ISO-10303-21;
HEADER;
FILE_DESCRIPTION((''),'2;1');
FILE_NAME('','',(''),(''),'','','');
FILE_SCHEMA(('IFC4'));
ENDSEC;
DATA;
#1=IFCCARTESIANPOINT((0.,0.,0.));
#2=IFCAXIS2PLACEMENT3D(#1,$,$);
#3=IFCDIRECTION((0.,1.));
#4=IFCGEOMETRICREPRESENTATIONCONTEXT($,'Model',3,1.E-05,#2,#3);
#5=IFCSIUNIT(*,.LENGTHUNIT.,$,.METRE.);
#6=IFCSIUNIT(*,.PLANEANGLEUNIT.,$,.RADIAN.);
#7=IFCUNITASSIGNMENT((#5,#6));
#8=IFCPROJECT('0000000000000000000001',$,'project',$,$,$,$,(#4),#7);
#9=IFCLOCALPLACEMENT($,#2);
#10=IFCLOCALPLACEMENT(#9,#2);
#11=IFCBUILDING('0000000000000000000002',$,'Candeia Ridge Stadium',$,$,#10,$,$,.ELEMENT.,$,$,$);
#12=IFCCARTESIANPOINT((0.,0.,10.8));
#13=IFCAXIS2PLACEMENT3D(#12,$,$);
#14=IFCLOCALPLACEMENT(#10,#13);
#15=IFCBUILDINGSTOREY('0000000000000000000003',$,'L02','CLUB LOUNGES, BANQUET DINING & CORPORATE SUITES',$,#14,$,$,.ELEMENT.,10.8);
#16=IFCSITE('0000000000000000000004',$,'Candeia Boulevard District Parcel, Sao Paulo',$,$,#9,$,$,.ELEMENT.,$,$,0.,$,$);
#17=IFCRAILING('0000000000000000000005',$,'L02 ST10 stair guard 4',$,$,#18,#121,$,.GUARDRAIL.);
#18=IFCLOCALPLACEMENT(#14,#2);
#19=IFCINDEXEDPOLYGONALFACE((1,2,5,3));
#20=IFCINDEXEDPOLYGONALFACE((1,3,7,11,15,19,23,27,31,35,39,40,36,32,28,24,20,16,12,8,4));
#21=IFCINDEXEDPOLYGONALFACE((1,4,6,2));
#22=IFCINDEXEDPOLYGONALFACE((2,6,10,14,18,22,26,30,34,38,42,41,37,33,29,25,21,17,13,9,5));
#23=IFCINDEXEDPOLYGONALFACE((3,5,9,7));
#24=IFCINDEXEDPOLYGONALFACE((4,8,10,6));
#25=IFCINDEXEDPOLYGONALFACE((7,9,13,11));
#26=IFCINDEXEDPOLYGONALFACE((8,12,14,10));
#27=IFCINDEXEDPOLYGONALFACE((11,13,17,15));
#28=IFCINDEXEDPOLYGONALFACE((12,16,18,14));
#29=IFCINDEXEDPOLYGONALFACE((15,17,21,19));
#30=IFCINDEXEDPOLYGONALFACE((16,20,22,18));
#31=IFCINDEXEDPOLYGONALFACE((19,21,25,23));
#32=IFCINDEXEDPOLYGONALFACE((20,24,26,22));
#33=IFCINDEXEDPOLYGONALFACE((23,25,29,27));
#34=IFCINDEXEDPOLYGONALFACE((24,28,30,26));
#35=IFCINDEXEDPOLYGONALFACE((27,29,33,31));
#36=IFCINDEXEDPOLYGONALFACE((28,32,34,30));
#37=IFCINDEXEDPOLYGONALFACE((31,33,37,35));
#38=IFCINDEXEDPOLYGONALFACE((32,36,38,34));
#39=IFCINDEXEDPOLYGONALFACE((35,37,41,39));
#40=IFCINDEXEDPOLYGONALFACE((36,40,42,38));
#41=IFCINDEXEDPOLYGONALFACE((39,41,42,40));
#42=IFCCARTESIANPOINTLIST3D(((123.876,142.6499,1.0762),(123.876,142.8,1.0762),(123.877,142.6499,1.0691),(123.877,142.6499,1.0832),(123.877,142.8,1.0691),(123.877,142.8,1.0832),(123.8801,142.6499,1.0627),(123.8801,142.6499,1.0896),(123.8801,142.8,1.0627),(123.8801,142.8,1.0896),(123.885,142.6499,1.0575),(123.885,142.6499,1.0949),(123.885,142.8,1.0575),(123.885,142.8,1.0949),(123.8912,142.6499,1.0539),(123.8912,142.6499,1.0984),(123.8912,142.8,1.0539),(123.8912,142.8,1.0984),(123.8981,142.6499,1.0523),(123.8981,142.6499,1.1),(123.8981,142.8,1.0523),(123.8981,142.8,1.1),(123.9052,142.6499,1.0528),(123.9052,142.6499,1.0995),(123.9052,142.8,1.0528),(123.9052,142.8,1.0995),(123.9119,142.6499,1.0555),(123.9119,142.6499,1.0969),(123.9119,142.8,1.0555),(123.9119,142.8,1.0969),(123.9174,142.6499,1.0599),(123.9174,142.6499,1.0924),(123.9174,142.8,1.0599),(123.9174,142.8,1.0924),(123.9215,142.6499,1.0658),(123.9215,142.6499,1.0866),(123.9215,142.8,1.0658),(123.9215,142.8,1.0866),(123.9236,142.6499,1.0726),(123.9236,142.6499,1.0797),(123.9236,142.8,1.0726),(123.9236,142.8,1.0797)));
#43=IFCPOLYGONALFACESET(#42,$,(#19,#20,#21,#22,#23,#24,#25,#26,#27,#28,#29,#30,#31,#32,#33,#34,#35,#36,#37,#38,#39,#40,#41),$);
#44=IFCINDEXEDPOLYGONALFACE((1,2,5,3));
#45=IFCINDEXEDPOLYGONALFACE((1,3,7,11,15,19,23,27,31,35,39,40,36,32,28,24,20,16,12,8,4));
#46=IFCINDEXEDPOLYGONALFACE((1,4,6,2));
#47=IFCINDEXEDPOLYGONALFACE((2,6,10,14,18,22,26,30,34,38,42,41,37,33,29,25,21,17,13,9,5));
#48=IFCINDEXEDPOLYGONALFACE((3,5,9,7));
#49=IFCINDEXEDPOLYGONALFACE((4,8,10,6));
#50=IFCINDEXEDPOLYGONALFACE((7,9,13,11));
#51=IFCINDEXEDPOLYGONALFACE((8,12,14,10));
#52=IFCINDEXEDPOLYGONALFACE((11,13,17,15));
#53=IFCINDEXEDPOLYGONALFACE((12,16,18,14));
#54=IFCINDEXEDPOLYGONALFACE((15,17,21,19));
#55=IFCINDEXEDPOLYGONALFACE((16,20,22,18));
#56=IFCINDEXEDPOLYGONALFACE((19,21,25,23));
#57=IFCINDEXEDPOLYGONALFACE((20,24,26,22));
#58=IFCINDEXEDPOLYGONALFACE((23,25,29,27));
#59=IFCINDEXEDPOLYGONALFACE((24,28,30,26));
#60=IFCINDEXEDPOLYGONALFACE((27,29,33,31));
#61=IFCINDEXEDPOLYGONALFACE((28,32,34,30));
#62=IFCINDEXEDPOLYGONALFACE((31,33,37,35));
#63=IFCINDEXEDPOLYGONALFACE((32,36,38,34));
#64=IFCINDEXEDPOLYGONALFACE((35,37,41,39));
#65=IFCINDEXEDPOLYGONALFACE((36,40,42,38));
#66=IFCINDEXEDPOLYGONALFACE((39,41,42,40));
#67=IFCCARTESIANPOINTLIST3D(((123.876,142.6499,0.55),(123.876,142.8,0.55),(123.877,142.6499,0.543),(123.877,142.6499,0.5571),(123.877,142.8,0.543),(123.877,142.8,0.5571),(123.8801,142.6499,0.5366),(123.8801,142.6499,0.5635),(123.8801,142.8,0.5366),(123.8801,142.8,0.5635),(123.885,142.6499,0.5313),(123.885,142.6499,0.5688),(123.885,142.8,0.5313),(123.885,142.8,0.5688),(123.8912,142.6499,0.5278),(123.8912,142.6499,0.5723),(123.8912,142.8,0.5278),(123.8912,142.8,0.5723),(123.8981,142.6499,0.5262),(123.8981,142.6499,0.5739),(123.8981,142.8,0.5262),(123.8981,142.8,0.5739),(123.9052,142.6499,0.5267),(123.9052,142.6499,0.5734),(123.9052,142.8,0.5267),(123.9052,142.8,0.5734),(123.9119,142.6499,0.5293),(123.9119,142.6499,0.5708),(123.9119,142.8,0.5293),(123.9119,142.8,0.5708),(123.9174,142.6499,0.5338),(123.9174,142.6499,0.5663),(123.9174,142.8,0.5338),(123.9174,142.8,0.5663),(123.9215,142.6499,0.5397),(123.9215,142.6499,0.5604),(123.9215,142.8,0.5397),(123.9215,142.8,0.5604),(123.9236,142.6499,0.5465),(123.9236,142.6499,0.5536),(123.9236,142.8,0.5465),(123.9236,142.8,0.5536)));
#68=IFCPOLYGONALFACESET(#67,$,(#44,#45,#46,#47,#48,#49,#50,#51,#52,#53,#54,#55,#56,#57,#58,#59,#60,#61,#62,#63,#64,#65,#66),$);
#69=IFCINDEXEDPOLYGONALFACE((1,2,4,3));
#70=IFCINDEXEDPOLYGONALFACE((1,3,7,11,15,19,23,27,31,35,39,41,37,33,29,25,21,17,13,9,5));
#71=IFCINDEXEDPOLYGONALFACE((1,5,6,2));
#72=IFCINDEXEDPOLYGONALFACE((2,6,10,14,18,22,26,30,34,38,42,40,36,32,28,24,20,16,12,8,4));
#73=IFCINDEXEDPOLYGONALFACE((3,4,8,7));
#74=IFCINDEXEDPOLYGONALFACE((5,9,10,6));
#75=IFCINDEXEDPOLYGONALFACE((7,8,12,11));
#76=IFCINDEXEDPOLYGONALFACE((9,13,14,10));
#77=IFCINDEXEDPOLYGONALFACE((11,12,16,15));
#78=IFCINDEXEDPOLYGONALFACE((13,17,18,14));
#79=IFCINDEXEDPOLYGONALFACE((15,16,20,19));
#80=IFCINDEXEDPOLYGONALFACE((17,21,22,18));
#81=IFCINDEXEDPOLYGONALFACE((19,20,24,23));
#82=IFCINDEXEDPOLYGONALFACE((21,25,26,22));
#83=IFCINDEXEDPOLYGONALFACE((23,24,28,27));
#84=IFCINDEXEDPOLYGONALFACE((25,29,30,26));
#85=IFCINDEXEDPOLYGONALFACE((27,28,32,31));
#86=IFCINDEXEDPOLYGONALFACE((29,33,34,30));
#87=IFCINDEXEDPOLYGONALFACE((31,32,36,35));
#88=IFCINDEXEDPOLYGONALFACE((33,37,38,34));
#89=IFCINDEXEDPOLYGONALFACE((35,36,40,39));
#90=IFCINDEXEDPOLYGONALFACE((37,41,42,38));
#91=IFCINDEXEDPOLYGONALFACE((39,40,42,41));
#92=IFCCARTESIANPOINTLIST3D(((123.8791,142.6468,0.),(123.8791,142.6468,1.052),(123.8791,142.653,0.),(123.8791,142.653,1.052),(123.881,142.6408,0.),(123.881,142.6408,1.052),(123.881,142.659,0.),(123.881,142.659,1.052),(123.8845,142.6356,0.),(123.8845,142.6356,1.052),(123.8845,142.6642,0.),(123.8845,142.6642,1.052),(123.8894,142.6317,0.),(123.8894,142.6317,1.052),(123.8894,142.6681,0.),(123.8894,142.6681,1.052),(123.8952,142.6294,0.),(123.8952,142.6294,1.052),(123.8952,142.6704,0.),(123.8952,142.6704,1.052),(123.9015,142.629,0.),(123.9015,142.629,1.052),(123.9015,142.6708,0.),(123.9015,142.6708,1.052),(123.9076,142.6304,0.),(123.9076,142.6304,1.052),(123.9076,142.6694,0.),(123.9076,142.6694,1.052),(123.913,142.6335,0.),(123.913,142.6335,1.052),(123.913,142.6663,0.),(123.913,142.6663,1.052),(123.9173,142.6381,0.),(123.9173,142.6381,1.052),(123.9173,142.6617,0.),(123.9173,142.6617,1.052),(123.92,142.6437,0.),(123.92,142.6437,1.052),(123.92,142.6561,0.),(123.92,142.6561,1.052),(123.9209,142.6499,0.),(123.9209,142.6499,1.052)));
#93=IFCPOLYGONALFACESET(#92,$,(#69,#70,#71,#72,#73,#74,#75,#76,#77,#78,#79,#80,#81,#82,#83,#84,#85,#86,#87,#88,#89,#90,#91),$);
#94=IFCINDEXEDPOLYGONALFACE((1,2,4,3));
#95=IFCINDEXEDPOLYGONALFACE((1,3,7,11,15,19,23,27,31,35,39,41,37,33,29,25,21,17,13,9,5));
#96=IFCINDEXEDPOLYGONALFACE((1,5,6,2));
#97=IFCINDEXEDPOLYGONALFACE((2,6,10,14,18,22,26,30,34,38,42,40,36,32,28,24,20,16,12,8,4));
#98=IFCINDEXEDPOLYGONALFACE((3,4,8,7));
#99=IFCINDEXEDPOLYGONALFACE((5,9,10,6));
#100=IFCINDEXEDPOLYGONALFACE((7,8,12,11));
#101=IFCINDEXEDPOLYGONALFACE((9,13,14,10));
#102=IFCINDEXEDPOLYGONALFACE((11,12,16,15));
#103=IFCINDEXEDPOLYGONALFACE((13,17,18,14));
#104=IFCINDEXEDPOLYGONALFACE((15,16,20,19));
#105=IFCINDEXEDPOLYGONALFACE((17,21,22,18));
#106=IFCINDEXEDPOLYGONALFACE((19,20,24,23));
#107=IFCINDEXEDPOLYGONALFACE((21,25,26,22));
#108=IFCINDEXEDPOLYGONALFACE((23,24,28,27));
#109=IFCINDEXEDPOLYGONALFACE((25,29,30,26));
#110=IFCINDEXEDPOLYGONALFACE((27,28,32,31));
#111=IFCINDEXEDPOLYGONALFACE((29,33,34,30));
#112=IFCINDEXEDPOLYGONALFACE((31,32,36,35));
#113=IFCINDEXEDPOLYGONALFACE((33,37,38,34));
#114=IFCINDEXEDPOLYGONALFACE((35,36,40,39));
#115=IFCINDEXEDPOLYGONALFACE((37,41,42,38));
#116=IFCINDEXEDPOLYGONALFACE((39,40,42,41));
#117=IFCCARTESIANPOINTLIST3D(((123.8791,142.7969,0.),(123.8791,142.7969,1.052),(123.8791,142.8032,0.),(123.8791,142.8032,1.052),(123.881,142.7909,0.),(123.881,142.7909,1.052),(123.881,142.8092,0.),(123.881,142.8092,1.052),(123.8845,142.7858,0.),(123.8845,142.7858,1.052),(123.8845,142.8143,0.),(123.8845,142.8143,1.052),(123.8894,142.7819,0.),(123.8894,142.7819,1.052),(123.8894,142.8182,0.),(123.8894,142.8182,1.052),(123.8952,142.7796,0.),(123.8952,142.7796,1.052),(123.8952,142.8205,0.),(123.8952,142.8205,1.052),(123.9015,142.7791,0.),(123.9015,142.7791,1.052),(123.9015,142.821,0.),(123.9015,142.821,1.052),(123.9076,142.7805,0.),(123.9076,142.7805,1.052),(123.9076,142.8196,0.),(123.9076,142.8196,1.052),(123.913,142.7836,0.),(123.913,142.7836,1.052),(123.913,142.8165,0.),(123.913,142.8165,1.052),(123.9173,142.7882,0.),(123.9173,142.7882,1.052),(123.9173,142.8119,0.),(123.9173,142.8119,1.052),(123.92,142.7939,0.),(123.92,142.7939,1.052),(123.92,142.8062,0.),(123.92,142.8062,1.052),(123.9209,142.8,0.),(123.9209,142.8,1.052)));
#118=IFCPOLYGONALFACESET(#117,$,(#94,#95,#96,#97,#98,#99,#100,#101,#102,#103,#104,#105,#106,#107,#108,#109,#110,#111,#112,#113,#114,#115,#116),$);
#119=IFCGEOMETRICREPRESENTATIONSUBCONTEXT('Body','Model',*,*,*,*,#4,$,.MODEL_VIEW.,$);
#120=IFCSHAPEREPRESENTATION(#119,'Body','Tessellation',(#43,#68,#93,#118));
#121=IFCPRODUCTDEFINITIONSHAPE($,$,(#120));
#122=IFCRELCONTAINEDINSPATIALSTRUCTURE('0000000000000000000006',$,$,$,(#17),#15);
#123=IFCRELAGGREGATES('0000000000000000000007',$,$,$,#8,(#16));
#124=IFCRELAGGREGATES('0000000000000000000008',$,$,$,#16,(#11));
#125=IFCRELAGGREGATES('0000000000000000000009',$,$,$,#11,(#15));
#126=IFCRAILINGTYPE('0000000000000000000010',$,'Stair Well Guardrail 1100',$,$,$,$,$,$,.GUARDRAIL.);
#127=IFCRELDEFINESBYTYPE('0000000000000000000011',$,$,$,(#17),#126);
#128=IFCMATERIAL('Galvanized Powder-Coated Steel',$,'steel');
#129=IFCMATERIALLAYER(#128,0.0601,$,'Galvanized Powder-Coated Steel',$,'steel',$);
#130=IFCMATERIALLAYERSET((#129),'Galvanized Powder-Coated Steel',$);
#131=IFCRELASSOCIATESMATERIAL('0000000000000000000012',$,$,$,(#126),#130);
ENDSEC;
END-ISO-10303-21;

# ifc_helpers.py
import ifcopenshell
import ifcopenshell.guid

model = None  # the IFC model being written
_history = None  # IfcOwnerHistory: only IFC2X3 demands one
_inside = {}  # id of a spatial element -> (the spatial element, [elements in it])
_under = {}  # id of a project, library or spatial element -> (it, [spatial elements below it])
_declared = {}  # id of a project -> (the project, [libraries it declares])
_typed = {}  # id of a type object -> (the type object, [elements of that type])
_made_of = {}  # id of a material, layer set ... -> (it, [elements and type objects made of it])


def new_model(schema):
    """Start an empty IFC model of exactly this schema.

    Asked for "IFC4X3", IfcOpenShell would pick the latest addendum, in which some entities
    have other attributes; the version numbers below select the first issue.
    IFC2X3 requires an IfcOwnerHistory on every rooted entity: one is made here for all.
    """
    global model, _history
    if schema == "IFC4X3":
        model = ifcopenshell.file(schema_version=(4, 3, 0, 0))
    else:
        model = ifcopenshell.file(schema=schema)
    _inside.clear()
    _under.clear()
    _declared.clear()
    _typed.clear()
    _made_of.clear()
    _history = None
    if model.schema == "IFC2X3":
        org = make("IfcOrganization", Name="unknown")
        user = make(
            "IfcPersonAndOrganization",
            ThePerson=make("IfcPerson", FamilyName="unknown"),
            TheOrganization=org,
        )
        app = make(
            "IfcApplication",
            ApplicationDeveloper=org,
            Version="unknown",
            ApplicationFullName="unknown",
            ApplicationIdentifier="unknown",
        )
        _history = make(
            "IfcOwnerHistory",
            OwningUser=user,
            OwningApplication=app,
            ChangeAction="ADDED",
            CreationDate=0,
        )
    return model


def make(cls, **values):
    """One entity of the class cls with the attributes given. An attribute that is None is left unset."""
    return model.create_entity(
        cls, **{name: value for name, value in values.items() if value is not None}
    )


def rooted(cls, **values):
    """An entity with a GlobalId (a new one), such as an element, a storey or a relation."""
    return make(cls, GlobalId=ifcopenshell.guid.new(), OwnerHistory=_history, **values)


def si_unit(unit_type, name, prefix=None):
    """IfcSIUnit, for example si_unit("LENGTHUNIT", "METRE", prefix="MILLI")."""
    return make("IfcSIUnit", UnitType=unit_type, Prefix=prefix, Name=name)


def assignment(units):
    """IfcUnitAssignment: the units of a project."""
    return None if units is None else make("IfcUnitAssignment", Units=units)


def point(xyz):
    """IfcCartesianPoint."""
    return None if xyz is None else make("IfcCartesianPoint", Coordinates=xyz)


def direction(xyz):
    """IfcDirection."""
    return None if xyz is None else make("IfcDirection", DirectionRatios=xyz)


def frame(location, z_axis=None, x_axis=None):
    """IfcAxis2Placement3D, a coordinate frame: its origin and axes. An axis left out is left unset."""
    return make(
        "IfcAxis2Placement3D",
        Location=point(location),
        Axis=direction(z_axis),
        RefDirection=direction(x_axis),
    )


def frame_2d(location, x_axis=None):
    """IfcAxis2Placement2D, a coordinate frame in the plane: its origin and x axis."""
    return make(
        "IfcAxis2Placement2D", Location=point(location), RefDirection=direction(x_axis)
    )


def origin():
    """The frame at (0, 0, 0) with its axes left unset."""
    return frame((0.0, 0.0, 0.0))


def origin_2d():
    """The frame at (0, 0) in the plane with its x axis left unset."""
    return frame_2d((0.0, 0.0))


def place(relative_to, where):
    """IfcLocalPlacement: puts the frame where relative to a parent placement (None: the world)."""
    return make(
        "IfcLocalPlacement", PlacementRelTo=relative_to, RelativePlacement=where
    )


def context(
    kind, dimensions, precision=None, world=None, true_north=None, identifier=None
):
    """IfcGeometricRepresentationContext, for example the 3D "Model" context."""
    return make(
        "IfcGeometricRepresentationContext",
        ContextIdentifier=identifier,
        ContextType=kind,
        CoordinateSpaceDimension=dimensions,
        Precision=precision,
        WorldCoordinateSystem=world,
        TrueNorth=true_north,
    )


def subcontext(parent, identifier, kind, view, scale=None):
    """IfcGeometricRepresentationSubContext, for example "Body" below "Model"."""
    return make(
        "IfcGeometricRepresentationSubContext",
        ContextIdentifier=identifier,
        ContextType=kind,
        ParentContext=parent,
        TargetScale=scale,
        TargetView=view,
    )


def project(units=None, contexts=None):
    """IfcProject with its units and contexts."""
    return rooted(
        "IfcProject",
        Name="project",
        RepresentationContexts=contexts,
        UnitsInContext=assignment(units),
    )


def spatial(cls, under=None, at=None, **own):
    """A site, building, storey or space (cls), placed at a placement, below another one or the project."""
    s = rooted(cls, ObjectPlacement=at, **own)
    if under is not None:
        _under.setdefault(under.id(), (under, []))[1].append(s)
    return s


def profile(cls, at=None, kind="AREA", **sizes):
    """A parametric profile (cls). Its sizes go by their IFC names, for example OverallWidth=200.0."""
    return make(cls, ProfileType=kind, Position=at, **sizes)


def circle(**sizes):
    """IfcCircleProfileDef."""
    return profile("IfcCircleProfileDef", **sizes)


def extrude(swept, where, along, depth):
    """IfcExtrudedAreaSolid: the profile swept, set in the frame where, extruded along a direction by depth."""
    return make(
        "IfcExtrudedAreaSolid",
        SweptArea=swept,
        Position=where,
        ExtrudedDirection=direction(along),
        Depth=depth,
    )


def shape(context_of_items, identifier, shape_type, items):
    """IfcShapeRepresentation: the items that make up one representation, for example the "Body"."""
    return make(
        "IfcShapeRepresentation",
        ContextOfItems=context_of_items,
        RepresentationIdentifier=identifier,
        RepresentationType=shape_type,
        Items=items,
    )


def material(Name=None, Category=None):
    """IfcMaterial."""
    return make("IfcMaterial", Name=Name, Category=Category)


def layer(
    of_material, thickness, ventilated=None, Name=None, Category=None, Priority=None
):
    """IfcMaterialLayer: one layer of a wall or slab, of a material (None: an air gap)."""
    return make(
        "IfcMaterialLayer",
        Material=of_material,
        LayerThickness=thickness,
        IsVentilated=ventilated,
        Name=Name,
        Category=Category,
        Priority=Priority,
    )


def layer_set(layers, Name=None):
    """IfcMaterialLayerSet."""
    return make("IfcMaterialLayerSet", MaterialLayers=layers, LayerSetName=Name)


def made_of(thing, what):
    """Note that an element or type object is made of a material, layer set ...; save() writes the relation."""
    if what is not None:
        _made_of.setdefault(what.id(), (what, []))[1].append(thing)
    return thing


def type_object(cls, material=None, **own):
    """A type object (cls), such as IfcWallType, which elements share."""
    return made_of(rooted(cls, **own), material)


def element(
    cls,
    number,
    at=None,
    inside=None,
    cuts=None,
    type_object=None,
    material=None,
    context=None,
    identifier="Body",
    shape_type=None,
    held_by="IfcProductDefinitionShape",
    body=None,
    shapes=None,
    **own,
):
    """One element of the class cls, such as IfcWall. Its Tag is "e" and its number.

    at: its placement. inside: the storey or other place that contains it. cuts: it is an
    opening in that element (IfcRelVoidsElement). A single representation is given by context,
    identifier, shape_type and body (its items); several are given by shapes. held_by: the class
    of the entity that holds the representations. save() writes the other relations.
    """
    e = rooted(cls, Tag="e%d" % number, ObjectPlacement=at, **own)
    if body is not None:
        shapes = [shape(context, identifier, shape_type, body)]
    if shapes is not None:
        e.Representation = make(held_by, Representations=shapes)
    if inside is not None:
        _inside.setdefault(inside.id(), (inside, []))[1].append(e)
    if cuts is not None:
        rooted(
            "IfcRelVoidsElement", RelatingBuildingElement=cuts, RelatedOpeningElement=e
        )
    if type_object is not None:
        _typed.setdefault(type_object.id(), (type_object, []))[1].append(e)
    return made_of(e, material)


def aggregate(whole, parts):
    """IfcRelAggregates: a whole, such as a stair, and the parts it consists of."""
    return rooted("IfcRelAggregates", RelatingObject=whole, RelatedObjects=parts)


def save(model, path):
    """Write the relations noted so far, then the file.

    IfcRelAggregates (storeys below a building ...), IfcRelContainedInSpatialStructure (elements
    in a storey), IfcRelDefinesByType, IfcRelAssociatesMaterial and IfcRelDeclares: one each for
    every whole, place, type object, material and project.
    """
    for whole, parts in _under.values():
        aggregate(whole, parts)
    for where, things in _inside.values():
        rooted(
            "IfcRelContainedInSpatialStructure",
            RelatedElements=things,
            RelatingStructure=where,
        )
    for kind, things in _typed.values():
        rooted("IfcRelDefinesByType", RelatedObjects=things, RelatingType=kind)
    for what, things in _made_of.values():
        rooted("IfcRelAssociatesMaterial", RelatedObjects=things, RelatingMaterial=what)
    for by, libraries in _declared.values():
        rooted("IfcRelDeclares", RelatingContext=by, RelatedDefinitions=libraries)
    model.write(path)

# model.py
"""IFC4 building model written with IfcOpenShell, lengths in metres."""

from ifc_helpers import new_model, si_unit, direction, frame, origin, origin_2d, place, context, subcontext, project, spatial, circle, extrude, material, layer, layer_set, type_object, element, save


model = new_model("IFC4")

# Units and contexts
model_context = context("Model", 3, precision=1e-05, world=origin(), true_north=direction((0.0, 1.0)))
body_context = subcontext(model_context, "Body", "Model", "MODEL_VIEW")
ifc_project = project(units=[si_unit("LENGTHUNIT", "METRE"), si_unit("PLANEANGLEUNIT", "RADIAN")], contexts=[model_context])

# Site, building, storey
site_placement = place(None, origin())
site = spatial("IfcSite", under=ifc_project, at=site_placement, Name="Candeia Boulevard District Parcel, Sao Paulo", CompositionType="ELEMENT", RefElevation=0.0)
building_placement = place(site_placement, origin())
building = spatial("IfcBuilding", under=site, at=building_placement, Name="Candeia Ridge Stadium", CompositionType="ELEMENT")
storey_placement = place(building_placement, frame((0.0, 0.0, 10.8)))
storey = spatial("IfcBuildingStorey", under=building, at=storey_placement, Name="L02", Description="CLUB LOUNGES, BANQUET DINING & CORPORATE SUITES", CompositionType="ELEMENT", Elevation=10.8)

# Railing
ifc_material_1 = material(Name="Galvanized Powder-Coated Steel", Category="steel")
ifc_layer_1 = layer(ifc_material_1, 0.0601, Name="Galvanized Powder-Coated Steel", Category="steel")
ifc_layer_set_1 = layer_set([ifc_layer_1], Name="Galvanized Powder-Coated Steel")
railing_type_1 = type_object("IfcRailingType", Name="Stair Well Guardrail 1100", PredefinedType="GUARDRAIL", material=ifc_layer_set_1)
railing_1_placement = place(storey_placement, frame((123.8999, 142.6499, 0.0)))
element("IfcRailing", 1, at=railing_1_placement, inside=storey, type_object=railing_type_1, Name="L02 ST10 stair guard 4", PredefinedType="GUARDRAIL", context=body_context, shape_type="SweptSolid", body=[
    extrude(circle(Radius=0.0239, at=origin_2d()), frame((0.0, 0.0, 1.0762), z_axis=(0.0, 1.0, 0.0), x_axis=(-1.0, 0.0, 0.0)), (0.0, 0.0, 1.0), 0.1501),
    extrude(circle(Radius=0.0239, at=origin_2d()), frame((0.0, 0.0, 0.55), z_axis=(0.0, 1.0, 0.0), x_axis=(-1.0, 0.0, 0.0)), (0.0, 0.0, 1.0), 0.1501),
    extrude(circle(Radius=0.021, at=origin_2d()), origin(), (0.0, 0.0, 1.0), 1.052),
    extrude(circle(Radius=0.021, at=origin_2d()), frame((0.0, 0.1501, 0.0)), (0.0, 0.0, 1.0), 1.052),
])

save(model, "model.ifc")
